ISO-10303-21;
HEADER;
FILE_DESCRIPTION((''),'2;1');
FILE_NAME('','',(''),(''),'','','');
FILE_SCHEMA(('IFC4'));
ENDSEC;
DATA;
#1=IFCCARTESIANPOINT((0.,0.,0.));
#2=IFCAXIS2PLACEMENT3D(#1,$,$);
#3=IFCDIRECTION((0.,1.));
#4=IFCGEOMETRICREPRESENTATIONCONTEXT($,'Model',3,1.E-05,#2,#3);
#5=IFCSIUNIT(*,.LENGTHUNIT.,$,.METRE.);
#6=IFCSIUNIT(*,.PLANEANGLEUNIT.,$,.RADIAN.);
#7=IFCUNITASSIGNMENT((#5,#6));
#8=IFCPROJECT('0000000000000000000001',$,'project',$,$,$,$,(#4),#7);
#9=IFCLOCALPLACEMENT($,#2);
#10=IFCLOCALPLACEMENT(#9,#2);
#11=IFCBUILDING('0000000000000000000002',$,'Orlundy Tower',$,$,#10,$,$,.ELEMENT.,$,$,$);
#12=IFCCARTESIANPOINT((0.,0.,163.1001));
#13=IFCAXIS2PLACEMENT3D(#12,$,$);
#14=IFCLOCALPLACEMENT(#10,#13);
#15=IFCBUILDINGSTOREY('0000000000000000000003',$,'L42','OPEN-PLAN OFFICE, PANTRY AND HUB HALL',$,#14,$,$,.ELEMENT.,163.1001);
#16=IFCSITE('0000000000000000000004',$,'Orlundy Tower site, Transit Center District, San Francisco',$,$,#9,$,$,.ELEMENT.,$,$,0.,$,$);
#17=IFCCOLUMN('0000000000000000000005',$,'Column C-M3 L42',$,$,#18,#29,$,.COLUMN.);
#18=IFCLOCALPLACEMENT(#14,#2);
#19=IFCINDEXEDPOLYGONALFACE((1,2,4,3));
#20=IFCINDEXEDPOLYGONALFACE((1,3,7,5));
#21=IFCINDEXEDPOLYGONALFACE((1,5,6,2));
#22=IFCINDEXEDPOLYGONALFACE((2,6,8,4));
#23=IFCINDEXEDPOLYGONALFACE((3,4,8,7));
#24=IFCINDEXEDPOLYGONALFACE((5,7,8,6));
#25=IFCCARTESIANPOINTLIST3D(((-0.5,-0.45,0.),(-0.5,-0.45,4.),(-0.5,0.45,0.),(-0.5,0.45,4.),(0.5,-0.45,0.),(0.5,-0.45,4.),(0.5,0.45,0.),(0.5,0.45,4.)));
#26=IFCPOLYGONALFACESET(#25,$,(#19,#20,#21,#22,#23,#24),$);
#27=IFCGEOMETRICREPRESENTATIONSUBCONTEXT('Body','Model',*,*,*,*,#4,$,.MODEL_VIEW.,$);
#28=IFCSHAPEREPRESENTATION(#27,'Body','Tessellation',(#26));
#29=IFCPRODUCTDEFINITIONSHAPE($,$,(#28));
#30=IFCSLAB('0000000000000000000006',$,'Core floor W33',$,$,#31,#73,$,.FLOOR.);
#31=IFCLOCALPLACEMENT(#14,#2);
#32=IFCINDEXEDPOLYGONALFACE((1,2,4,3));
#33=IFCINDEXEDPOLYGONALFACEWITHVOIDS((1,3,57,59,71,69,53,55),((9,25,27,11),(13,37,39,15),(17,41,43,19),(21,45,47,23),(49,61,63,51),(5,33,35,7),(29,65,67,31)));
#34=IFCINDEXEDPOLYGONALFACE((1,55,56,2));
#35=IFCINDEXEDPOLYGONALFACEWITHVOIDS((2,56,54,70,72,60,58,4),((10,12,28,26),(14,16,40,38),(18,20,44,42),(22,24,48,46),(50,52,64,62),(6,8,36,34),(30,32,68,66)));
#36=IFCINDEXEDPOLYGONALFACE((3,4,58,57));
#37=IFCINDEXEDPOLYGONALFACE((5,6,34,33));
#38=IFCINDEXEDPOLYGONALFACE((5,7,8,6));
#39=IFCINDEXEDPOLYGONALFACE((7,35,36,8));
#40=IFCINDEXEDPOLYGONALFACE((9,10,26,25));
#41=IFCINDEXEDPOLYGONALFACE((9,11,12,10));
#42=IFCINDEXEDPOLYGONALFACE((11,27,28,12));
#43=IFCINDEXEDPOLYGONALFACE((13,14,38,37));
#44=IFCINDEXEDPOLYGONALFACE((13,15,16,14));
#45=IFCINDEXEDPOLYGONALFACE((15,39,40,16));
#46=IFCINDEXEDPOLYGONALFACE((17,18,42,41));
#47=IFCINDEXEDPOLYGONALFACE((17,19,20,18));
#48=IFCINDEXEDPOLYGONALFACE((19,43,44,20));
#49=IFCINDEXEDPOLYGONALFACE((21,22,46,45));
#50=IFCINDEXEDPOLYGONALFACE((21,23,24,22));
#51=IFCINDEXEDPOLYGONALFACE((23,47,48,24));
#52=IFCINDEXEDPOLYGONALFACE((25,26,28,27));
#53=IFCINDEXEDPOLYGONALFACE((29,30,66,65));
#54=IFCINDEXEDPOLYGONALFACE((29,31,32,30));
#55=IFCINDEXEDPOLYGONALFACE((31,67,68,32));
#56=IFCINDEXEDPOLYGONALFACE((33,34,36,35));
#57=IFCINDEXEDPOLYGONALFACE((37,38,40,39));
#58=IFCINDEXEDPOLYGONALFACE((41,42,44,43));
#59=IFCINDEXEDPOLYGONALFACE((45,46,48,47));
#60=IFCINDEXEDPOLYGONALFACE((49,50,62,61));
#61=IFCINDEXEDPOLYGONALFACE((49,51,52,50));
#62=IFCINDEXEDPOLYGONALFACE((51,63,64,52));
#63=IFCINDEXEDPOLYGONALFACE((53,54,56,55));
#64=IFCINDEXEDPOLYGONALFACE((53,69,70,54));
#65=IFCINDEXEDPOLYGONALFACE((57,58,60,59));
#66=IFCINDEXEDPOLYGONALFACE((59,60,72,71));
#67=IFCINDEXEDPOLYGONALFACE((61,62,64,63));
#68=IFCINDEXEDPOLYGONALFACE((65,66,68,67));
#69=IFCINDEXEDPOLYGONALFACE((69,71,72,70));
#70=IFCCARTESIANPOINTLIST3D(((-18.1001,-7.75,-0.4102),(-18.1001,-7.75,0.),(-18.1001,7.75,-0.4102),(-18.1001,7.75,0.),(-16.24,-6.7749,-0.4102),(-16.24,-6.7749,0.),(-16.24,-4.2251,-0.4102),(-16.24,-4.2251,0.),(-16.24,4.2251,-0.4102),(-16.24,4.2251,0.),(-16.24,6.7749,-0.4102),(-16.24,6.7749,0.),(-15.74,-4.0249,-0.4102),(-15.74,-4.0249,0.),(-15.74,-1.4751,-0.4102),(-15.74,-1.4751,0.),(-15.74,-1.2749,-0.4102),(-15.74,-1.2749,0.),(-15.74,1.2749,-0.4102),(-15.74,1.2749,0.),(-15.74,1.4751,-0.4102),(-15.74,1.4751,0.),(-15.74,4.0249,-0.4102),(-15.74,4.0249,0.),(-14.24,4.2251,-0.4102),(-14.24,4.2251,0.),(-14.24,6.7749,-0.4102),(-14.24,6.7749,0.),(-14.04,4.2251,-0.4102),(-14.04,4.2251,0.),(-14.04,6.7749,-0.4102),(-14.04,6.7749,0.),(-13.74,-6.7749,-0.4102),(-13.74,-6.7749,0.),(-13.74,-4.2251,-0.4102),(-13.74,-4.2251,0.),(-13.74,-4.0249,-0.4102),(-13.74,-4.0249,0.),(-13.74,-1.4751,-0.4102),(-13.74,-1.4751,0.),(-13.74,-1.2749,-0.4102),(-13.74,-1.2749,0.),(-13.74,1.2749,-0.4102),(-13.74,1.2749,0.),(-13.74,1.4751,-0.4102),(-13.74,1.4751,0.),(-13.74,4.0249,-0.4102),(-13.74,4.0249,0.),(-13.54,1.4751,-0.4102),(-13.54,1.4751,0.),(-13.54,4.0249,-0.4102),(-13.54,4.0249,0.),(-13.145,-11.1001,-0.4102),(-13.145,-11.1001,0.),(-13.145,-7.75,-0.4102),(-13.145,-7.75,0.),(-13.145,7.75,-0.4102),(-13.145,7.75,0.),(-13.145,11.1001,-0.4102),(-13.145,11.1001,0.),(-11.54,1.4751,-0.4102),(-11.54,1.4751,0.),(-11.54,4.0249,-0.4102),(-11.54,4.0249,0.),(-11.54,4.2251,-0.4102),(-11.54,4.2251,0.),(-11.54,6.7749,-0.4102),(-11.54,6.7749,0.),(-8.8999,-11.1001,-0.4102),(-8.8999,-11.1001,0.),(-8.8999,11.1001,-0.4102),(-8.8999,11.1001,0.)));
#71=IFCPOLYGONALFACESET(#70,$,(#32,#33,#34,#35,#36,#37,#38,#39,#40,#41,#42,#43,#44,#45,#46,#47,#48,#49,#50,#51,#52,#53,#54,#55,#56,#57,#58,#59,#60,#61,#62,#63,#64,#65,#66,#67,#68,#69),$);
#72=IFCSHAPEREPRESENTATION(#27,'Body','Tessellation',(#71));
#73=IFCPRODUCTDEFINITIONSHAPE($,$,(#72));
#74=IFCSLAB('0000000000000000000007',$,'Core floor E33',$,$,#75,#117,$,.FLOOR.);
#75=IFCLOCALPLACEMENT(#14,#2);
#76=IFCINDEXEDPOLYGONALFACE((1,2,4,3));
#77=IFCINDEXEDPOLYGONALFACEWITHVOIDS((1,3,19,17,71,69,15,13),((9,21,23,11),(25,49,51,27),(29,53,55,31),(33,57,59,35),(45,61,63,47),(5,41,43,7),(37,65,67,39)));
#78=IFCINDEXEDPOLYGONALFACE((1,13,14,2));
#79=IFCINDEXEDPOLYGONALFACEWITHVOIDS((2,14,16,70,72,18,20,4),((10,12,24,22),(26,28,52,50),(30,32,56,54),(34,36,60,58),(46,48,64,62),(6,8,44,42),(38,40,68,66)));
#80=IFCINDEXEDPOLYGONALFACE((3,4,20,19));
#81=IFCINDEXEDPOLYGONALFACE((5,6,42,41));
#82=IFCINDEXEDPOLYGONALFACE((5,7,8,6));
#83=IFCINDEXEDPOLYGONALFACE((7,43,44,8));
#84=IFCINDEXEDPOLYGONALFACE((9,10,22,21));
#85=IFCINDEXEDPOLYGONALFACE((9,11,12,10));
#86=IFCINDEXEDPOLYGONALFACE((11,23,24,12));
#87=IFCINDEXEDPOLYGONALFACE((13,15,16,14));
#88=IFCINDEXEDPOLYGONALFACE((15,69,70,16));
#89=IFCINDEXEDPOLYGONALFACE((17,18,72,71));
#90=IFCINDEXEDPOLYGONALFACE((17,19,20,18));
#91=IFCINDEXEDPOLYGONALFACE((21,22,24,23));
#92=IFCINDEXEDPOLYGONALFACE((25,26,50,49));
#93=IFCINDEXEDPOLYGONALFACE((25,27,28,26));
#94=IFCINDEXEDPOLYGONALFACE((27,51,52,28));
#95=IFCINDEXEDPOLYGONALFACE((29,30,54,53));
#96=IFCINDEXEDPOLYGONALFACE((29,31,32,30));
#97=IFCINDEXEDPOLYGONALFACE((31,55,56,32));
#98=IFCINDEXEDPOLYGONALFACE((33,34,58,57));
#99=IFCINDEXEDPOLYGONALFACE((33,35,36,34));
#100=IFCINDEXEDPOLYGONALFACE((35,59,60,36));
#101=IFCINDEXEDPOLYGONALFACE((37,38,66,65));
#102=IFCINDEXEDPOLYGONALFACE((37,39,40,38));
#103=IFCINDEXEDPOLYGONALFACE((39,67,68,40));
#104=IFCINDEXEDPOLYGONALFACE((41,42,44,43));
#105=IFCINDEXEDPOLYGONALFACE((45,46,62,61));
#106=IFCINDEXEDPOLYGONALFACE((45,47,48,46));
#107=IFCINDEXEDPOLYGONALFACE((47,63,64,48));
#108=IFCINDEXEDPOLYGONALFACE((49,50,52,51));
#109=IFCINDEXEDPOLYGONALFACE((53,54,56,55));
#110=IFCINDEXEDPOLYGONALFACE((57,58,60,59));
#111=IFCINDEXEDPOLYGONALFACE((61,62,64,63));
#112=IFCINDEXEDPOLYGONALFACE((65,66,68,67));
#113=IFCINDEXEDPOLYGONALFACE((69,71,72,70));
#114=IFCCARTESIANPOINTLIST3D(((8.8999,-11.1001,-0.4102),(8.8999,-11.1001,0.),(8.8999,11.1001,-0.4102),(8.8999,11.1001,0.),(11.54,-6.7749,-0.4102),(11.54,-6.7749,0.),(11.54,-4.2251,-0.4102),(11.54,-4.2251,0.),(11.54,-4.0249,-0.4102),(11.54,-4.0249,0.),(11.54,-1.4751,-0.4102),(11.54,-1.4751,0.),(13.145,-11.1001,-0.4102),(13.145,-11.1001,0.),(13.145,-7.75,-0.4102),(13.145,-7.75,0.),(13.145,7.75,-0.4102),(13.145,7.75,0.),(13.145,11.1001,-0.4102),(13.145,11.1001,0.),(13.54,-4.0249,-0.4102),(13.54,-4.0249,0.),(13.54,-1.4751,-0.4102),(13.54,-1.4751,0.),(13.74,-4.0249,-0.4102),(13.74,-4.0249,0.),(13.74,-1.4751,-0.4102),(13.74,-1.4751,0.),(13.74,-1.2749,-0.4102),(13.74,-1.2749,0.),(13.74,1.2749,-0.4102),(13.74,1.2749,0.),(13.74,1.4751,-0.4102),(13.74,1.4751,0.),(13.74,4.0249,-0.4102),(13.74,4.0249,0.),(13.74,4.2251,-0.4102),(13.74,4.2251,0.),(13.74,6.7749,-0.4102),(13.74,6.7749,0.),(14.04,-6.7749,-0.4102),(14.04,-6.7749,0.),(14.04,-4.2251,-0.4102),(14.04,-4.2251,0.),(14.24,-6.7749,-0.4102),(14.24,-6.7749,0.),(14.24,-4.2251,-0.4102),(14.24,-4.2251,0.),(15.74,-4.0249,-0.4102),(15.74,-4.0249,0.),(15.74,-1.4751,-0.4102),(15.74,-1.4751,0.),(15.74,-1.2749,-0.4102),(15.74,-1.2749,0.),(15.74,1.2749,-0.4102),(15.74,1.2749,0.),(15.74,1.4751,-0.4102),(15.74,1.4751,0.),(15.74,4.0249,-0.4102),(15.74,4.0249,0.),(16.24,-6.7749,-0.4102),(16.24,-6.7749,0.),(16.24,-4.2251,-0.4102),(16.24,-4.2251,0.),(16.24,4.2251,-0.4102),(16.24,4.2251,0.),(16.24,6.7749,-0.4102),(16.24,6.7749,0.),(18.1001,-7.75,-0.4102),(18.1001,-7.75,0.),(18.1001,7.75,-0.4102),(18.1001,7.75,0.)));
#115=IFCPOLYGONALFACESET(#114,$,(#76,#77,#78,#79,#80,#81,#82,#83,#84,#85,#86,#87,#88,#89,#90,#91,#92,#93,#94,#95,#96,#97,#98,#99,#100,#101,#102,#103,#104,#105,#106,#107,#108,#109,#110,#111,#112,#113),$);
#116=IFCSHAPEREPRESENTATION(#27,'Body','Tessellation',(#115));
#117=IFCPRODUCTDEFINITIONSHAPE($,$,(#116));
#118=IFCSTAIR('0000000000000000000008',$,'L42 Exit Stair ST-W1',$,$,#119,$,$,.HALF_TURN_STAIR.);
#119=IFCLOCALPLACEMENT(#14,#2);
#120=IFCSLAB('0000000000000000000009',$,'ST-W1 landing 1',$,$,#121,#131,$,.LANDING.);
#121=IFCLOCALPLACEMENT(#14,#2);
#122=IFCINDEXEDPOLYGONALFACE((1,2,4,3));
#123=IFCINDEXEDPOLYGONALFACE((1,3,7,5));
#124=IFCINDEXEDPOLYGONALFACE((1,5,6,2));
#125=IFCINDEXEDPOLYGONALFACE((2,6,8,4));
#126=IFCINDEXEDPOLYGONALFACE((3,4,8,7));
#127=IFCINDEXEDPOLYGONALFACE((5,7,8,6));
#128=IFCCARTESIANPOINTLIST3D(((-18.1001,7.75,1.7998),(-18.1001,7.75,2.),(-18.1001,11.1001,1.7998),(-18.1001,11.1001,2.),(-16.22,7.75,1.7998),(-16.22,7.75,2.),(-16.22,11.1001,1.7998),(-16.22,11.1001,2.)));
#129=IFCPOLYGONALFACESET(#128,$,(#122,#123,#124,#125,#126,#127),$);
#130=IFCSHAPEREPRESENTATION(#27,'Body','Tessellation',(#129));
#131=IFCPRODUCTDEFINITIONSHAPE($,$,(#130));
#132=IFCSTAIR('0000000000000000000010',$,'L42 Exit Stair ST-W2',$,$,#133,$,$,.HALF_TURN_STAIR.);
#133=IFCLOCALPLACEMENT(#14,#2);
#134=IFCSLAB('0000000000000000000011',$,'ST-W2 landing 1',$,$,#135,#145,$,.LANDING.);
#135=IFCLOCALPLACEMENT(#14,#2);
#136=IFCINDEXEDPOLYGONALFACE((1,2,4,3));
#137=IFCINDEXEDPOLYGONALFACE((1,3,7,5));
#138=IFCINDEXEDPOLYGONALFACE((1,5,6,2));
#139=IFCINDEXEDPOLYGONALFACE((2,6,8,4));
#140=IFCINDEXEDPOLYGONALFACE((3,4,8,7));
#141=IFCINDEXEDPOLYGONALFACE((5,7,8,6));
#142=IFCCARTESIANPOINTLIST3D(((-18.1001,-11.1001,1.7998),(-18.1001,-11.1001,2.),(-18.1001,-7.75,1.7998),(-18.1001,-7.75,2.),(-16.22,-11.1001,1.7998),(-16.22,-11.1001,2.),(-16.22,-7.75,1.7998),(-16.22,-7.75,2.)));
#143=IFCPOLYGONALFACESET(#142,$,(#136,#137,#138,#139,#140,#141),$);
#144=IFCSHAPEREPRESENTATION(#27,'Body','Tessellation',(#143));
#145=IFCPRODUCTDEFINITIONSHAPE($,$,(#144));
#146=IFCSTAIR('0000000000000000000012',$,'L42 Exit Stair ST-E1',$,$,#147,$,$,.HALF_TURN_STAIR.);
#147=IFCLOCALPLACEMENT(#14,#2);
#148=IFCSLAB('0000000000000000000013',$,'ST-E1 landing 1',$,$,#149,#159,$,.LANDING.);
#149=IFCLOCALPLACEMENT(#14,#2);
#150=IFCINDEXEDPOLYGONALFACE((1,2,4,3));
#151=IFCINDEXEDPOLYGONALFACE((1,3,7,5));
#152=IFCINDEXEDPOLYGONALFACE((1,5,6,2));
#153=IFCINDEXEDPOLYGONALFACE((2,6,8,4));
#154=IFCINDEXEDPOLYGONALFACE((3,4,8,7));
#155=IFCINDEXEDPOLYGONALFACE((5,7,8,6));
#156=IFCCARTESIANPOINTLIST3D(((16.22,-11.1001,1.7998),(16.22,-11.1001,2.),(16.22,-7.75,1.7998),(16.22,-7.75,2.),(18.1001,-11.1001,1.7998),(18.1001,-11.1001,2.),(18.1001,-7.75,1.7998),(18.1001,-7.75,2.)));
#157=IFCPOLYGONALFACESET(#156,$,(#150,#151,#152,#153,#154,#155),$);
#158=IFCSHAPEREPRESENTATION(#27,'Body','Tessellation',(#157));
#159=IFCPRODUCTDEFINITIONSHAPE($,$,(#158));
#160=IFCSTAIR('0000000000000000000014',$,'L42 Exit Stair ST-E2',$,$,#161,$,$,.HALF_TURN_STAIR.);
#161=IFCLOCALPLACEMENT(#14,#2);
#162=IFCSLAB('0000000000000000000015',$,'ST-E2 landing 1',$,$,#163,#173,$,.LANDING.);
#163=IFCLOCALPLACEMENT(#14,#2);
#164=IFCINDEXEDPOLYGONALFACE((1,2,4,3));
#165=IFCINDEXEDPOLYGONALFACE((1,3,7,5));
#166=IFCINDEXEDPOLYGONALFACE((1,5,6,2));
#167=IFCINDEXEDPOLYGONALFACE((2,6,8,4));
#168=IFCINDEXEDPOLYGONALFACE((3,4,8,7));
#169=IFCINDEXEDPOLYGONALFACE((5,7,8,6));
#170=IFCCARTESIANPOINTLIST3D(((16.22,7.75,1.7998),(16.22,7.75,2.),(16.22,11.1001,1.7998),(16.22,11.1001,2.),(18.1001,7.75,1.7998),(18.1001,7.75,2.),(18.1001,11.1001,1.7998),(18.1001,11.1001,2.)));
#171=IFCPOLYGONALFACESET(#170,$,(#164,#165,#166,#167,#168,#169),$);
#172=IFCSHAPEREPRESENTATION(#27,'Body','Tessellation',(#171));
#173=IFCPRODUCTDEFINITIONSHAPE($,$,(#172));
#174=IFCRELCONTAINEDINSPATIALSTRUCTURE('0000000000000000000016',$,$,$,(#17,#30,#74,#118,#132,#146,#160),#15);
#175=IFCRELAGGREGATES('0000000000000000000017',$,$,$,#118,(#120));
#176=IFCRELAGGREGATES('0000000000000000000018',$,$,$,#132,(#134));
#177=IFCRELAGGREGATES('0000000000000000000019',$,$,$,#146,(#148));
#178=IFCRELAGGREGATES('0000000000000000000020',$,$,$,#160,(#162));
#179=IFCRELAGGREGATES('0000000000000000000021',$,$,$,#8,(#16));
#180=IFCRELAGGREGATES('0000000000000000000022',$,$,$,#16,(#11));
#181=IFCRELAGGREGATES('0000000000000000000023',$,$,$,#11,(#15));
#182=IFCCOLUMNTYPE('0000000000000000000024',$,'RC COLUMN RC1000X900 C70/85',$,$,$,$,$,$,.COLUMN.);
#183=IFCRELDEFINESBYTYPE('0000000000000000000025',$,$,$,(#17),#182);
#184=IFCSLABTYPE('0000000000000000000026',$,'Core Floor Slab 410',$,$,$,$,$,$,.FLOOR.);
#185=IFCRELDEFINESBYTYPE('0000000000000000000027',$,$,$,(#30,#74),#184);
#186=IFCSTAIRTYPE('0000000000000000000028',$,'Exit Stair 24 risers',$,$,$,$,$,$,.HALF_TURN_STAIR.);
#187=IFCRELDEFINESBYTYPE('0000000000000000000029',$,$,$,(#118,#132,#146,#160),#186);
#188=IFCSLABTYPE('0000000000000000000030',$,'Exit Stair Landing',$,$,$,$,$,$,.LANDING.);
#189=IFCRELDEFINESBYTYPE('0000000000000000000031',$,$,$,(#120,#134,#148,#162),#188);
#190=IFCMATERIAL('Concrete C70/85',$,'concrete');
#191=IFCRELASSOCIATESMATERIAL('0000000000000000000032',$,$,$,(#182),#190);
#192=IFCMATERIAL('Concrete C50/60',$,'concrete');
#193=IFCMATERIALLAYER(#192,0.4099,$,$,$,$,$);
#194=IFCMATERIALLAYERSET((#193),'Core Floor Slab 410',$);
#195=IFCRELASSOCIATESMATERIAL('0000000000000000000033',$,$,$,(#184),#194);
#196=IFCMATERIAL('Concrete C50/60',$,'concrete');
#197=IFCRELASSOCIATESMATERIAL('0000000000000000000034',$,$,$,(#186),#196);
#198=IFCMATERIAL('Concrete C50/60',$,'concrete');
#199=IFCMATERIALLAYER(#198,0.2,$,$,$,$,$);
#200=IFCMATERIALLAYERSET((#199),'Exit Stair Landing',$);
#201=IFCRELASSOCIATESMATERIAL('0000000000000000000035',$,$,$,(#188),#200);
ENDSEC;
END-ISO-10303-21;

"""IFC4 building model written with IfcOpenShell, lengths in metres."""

from ifc_helpers import new_model, si_unit, direction, frame, origin, origin_with_axes, origin_2d, place, context, subcontext, project, spatial, polyline, rectangle, outline, extrude, material, layer, layer_set, material_profile, profile_set, type_object, element, aggregate, save


model = new_model("IFC4")

# Units and contexts
model_context = context("Model", 3, precision=1e-05, world=origin(), true_north=direction((0.0, 1.0)))
body_context = subcontext(model_context, "Body", "Model", "MODEL_VIEW")
ifc_project = project(units=[si_unit("LENGTHUNIT", "METRE"), si_unit("PLANEANGLEUNIT", "RADIAN")], contexts=[model_context])

# Site, building, storey
site_placement = place(None, origin())
site = spatial("IfcSite", under=ifc_project, at=site_placement, Name="Orlundy Tower site, Transit Center District, San Francisco", CompositionType="ELEMENT", RefElevation=0.0)
building_placement = place(site_placement, origin())
building = spatial("IfcBuilding", under=site, at=building_placement, Name="Orlundy Tower", CompositionType="ELEMENT")
storey_placement = place(building_placement, frame((0.0, 0.0, 163.1001)))
storey = spatial("IfcBuildingStorey", under=building, at=storey_placement, Name="L42", Description="OPEN-PLAN OFFICE, PANTRY AND HUB HALL", CompositionType="ELEMENT", Elevation=163.1001)

# Column
ifc_material_1 = material(Name="Concrete C70/85", Category="concrete")
ifc_material_profile = material_profile(ifc_material_1, rectangle(XDim=1.0, YDim=0.8999, at=origin_2d()), Name="RC1000X900")
ifc_profile_set = profile_set([ifc_material_profile], Name="Concrete C70/85")
column_type = type_object("IfcColumnType", Name="RC COLUMN RC1000X900 C70/85", PredefinedType="COLUMN", material=ifc_profile_set)
column_placement = place(storey_placement, origin_with_axes())
element("IfcColumn", 1, at=column_placement, inside=storey, type_object=column_type, Name="Column C-M3 L42", PredefinedType="COLUMN", context=body_context, shape_type="SweptSolid", body=[
    extrude(rectangle(XDim=1.0, YDim=0.8999, at=origin_2d()), origin(), (0.0, 0.0, 1.0), 4.0),
])

# Slabs
ifc_material_2 = material(Name="Concrete C50/60", Category="concrete")
ifc_layer_1 = layer(ifc_material_2, 0.4099)
ifc_layer_set_1 = layer_set([ifc_layer_1], Name="Core Floor Slab 410")
slab_type_1 = type_object("IfcSlabType", Name="Core Floor Slab 410", PredefinedType="FLOOR", material=ifc_layer_set_1)
slab_1_placement = place(storey_placement, frame((0.0, 0.0, -0.4102)))
element("IfcSlab", 2, at=slab_1_placement, inside=storey, type_object=slab_type_1, Name="Core floor W33", PredefinedType="FLOOR", context=body_context, shape_type="SweptSolid", body=[
    extrude(outline(polyline([(-13.145, -11.1001), (-13.145, -7.75), (-18.1001, -7.75), (-18.1001, 7.75), (-13.145, 7.75), (-13.145, 11.1001), (-8.8999, 11.1001), (-8.8999, -11.1001), (-13.145, -11.1001)]), holes=[polyline([(-13.74, -4.2251), (-16.24, -4.2251), (-16.24, -6.7749), (-13.74, -6.7749), (-13.74, -4.2251)]), polyline([(-13.74, -4.0249), (-13.74, -1.4751), (-15.74, -1.4751), (-15.74, -4.0249), (-13.74, -4.0249)]), polyline([(-15.74, -1.2749), (-13.74, -1.2749), (-13.74, 1.2749), (-15.74, 1.2749), (-15.74, -1.2749)]), polyline([(-13.54, 4.0249), (-13.54, 1.4751), (-11.54, 1.4751), (-11.54, 4.0249), (-13.54, 4.0249)]), polyline([(-13.74, 4.0249), (-15.74, 4.0249), (-15.74, 1.4751), (-13.74, 1.4751), (-13.74, 4.0249)]), polyline([(-11.54, 4.2251), (-11.54, 6.7749), (-14.04, 6.7749), (-14.04, 4.2251), (-11.54, 4.2251)]), polyline([(-16.24, 4.2251), (-14.24, 4.2251), (-14.24, 6.7749), (-16.24, 6.7749), (-16.24, 4.2251)])]), origin(), (0.0, 0.0, 1.0), 0.4102),
])
slab_2_placement = place(storey_placement, frame((0.0, 0.0, -0.4102)))
element("IfcSlab", 3, at=slab_2_placement, inside=storey, type_object=slab_type_1, Name="Core floor E33", PredefinedType="FLOOR", context=body_context, shape_type="SweptSolid", body=[
    extrude(outline(polyline([(13.145, 11.1001), (13.145, 7.75), (18.1001, 7.75), (18.1001, -7.75), (13.145, -7.75), (13.145, -11.1001), (8.8999, -11.1001), (8.8999, 11.1001), (13.145, 11.1001)]), holes=[polyline([(13.74, 4.2251), (16.24, 4.2251), (16.24, 6.7749), (13.74, 6.7749), (13.74, 4.2251)]), polyline([(13.74, 4.0249), (13.74, 1.4751), (15.74, 1.4751), (15.74, 4.0249), (13.74, 4.0249)]), polyline([(15.74, 1.2749), (13.74, 1.2749), (13.74, -1.2749), (15.74, -1.2749), (15.74, 1.2749)]), polyline([(13.54, -4.0249), (13.54, -1.4751), (11.54, -1.4751), (11.54, -4.0249), (13.54, -4.0249)]), polyline([(13.74, -4.0249), (15.74, -4.0249), (15.74, -1.4751), (13.74, -1.4751), (13.74, -4.0249)]), polyline([(11.54, -4.2251), (11.54, -6.7749), (14.04, -6.7749), (14.04, -4.2251), (11.54, -4.2251)]), polyline([(16.24, -4.2251), (14.24, -4.2251), (14.24, -6.7749), (16.24, -6.7749), (16.24, -4.2251)])]), origin(), (0.0, 0.0, 1.0), 0.4102),
])

# Stairs, slabs
ifc_material_3 = material(Name="Concrete C50/60", Category="concrete")
stair_type = type_object("IfcStairType", Name="Exit Stair 24 risers", PredefinedType="HALF_TURN_STAIR", material=ifc_material_3)
stair_1_placement = place(storey_placement, origin())
stair_1 = element("IfcStair", 4, at=stair_1_placement, inside=storey, type_object=stair_type, Name="L42 Exit Stair ST-W1", PredefinedType="HALF_TURN_STAIR")
ifc_material_4 = material(Name="Concrete C50/60", Category="concrete")
ifc_layer_2 = layer(ifc_material_4, 0.2)
ifc_layer_set_2 = layer_set([ifc_layer_2], Name="Exit Stair Landing")
slab_type_2 = type_object("IfcSlabType", Name="Exit Stair Landing", PredefinedType="LANDING", material=ifc_layer_set_2)
slab_3_placement = place(storey_placement, frame((0.0, 0.0, 1.7998)))
slab_3 = element("IfcSlab", 5, at=slab_3_placement, type_object=slab_type_2, Name="ST-W1 landing 1", PredefinedType="LANDING", context=body_context, shape_type="SweptSolid", body=[
    extrude(outline(polyline([(-16.22, 11.1001), (-18.1001, 11.1001), (-18.1001, 7.75), (-16.22, 7.75), (-16.22, 11.1001)])), origin(), (0.0, 0.0, 1.0), 0.2002),
])
aggregate(stair_1, [slab_3])
stair_2_placement = place(storey_placement, origin())
stair_2 = element("IfcStair", 6, at=stair_2_placement, inside=storey, type_object=stair_type, Name="L42 Exit Stair ST-W2", PredefinedType="HALF_TURN_STAIR")
slab_4_placement = place(storey_placement, frame((0.0, 0.0, 1.7998)))
slab_4 = element("IfcSlab", 7, at=slab_4_placement, type_object=slab_type_2, Name="ST-W2 landing 1", PredefinedType="LANDING", context=body_context, shape_type="SweptSolid", body=[
    extrude(outline(polyline([(-16.22, -7.75), (-18.1001, -7.75), (-18.1001, -11.1001), (-16.22, -11.1001), (-16.22, -7.75)])), origin(), (0.0, 0.0, 1.0), 0.2002),
])
aggregate(stair_2, [slab_4])
stair_3_placement = place(storey_placement, origin())
stair_3 = element("IfcStair", 8, at=stair_3_placement, inside=storey, type_object=stair_type, Name="L42 Exit Stair ST-E1", PredefinedType="HALF_TURN_STAIR")
slab_5_placement = place(storey_placement, frame((0.0, 0.0, 1.7998)))
slab_5 = element("IfcSlab", 9, at=slab_5_placement, type_object=slab_type_2, Name="ST-E1 landing 1", PredefinedType="LANDING", context=body_context, shape_type="SweptSolid", body=[
    extrude(outline(polyline([(16.22, -11.1001), (18.1001, -11.1001), (18.1001, -7.75), (16.22, -7.75), (16.22, -11.1001)])), origin(), (0.0, 0.0, 1.0), 0.2002),
])
aggregate(stair_3, [slab_5])
stair_4_placement = place(storey_placement, origin())
stair_4 = element("IfcStair", 10, at=stair_4_placement, inside=storey, type_object=stair_type, Name="L42 Exit Stair ST-E2", PredefinedType="HALF_TURN_STAIR")
slab_6_placement = place(storey_placement, frame((0.0, 0.0, 1.7998)))
slab_6 = element("IfcSlab", 11, at=slab_6_placement, type_object=slab_type_2, Name="ST-E2 landing 1", PredefinedType="LANDING", context=body_context, shape_type="SweptSolid", body=[
    extrude(outline(polyline([(16.22, 7.75), (18.1001, 7.75), (18.1001, 11.1001), (16.22, 11.1001), (16.22, 7.75)])), origin(), (0.0, 0.0, 1.0), 0.2002),
])
aggregate(stair_4, [slab_6])

save(model, "model.ifc")
